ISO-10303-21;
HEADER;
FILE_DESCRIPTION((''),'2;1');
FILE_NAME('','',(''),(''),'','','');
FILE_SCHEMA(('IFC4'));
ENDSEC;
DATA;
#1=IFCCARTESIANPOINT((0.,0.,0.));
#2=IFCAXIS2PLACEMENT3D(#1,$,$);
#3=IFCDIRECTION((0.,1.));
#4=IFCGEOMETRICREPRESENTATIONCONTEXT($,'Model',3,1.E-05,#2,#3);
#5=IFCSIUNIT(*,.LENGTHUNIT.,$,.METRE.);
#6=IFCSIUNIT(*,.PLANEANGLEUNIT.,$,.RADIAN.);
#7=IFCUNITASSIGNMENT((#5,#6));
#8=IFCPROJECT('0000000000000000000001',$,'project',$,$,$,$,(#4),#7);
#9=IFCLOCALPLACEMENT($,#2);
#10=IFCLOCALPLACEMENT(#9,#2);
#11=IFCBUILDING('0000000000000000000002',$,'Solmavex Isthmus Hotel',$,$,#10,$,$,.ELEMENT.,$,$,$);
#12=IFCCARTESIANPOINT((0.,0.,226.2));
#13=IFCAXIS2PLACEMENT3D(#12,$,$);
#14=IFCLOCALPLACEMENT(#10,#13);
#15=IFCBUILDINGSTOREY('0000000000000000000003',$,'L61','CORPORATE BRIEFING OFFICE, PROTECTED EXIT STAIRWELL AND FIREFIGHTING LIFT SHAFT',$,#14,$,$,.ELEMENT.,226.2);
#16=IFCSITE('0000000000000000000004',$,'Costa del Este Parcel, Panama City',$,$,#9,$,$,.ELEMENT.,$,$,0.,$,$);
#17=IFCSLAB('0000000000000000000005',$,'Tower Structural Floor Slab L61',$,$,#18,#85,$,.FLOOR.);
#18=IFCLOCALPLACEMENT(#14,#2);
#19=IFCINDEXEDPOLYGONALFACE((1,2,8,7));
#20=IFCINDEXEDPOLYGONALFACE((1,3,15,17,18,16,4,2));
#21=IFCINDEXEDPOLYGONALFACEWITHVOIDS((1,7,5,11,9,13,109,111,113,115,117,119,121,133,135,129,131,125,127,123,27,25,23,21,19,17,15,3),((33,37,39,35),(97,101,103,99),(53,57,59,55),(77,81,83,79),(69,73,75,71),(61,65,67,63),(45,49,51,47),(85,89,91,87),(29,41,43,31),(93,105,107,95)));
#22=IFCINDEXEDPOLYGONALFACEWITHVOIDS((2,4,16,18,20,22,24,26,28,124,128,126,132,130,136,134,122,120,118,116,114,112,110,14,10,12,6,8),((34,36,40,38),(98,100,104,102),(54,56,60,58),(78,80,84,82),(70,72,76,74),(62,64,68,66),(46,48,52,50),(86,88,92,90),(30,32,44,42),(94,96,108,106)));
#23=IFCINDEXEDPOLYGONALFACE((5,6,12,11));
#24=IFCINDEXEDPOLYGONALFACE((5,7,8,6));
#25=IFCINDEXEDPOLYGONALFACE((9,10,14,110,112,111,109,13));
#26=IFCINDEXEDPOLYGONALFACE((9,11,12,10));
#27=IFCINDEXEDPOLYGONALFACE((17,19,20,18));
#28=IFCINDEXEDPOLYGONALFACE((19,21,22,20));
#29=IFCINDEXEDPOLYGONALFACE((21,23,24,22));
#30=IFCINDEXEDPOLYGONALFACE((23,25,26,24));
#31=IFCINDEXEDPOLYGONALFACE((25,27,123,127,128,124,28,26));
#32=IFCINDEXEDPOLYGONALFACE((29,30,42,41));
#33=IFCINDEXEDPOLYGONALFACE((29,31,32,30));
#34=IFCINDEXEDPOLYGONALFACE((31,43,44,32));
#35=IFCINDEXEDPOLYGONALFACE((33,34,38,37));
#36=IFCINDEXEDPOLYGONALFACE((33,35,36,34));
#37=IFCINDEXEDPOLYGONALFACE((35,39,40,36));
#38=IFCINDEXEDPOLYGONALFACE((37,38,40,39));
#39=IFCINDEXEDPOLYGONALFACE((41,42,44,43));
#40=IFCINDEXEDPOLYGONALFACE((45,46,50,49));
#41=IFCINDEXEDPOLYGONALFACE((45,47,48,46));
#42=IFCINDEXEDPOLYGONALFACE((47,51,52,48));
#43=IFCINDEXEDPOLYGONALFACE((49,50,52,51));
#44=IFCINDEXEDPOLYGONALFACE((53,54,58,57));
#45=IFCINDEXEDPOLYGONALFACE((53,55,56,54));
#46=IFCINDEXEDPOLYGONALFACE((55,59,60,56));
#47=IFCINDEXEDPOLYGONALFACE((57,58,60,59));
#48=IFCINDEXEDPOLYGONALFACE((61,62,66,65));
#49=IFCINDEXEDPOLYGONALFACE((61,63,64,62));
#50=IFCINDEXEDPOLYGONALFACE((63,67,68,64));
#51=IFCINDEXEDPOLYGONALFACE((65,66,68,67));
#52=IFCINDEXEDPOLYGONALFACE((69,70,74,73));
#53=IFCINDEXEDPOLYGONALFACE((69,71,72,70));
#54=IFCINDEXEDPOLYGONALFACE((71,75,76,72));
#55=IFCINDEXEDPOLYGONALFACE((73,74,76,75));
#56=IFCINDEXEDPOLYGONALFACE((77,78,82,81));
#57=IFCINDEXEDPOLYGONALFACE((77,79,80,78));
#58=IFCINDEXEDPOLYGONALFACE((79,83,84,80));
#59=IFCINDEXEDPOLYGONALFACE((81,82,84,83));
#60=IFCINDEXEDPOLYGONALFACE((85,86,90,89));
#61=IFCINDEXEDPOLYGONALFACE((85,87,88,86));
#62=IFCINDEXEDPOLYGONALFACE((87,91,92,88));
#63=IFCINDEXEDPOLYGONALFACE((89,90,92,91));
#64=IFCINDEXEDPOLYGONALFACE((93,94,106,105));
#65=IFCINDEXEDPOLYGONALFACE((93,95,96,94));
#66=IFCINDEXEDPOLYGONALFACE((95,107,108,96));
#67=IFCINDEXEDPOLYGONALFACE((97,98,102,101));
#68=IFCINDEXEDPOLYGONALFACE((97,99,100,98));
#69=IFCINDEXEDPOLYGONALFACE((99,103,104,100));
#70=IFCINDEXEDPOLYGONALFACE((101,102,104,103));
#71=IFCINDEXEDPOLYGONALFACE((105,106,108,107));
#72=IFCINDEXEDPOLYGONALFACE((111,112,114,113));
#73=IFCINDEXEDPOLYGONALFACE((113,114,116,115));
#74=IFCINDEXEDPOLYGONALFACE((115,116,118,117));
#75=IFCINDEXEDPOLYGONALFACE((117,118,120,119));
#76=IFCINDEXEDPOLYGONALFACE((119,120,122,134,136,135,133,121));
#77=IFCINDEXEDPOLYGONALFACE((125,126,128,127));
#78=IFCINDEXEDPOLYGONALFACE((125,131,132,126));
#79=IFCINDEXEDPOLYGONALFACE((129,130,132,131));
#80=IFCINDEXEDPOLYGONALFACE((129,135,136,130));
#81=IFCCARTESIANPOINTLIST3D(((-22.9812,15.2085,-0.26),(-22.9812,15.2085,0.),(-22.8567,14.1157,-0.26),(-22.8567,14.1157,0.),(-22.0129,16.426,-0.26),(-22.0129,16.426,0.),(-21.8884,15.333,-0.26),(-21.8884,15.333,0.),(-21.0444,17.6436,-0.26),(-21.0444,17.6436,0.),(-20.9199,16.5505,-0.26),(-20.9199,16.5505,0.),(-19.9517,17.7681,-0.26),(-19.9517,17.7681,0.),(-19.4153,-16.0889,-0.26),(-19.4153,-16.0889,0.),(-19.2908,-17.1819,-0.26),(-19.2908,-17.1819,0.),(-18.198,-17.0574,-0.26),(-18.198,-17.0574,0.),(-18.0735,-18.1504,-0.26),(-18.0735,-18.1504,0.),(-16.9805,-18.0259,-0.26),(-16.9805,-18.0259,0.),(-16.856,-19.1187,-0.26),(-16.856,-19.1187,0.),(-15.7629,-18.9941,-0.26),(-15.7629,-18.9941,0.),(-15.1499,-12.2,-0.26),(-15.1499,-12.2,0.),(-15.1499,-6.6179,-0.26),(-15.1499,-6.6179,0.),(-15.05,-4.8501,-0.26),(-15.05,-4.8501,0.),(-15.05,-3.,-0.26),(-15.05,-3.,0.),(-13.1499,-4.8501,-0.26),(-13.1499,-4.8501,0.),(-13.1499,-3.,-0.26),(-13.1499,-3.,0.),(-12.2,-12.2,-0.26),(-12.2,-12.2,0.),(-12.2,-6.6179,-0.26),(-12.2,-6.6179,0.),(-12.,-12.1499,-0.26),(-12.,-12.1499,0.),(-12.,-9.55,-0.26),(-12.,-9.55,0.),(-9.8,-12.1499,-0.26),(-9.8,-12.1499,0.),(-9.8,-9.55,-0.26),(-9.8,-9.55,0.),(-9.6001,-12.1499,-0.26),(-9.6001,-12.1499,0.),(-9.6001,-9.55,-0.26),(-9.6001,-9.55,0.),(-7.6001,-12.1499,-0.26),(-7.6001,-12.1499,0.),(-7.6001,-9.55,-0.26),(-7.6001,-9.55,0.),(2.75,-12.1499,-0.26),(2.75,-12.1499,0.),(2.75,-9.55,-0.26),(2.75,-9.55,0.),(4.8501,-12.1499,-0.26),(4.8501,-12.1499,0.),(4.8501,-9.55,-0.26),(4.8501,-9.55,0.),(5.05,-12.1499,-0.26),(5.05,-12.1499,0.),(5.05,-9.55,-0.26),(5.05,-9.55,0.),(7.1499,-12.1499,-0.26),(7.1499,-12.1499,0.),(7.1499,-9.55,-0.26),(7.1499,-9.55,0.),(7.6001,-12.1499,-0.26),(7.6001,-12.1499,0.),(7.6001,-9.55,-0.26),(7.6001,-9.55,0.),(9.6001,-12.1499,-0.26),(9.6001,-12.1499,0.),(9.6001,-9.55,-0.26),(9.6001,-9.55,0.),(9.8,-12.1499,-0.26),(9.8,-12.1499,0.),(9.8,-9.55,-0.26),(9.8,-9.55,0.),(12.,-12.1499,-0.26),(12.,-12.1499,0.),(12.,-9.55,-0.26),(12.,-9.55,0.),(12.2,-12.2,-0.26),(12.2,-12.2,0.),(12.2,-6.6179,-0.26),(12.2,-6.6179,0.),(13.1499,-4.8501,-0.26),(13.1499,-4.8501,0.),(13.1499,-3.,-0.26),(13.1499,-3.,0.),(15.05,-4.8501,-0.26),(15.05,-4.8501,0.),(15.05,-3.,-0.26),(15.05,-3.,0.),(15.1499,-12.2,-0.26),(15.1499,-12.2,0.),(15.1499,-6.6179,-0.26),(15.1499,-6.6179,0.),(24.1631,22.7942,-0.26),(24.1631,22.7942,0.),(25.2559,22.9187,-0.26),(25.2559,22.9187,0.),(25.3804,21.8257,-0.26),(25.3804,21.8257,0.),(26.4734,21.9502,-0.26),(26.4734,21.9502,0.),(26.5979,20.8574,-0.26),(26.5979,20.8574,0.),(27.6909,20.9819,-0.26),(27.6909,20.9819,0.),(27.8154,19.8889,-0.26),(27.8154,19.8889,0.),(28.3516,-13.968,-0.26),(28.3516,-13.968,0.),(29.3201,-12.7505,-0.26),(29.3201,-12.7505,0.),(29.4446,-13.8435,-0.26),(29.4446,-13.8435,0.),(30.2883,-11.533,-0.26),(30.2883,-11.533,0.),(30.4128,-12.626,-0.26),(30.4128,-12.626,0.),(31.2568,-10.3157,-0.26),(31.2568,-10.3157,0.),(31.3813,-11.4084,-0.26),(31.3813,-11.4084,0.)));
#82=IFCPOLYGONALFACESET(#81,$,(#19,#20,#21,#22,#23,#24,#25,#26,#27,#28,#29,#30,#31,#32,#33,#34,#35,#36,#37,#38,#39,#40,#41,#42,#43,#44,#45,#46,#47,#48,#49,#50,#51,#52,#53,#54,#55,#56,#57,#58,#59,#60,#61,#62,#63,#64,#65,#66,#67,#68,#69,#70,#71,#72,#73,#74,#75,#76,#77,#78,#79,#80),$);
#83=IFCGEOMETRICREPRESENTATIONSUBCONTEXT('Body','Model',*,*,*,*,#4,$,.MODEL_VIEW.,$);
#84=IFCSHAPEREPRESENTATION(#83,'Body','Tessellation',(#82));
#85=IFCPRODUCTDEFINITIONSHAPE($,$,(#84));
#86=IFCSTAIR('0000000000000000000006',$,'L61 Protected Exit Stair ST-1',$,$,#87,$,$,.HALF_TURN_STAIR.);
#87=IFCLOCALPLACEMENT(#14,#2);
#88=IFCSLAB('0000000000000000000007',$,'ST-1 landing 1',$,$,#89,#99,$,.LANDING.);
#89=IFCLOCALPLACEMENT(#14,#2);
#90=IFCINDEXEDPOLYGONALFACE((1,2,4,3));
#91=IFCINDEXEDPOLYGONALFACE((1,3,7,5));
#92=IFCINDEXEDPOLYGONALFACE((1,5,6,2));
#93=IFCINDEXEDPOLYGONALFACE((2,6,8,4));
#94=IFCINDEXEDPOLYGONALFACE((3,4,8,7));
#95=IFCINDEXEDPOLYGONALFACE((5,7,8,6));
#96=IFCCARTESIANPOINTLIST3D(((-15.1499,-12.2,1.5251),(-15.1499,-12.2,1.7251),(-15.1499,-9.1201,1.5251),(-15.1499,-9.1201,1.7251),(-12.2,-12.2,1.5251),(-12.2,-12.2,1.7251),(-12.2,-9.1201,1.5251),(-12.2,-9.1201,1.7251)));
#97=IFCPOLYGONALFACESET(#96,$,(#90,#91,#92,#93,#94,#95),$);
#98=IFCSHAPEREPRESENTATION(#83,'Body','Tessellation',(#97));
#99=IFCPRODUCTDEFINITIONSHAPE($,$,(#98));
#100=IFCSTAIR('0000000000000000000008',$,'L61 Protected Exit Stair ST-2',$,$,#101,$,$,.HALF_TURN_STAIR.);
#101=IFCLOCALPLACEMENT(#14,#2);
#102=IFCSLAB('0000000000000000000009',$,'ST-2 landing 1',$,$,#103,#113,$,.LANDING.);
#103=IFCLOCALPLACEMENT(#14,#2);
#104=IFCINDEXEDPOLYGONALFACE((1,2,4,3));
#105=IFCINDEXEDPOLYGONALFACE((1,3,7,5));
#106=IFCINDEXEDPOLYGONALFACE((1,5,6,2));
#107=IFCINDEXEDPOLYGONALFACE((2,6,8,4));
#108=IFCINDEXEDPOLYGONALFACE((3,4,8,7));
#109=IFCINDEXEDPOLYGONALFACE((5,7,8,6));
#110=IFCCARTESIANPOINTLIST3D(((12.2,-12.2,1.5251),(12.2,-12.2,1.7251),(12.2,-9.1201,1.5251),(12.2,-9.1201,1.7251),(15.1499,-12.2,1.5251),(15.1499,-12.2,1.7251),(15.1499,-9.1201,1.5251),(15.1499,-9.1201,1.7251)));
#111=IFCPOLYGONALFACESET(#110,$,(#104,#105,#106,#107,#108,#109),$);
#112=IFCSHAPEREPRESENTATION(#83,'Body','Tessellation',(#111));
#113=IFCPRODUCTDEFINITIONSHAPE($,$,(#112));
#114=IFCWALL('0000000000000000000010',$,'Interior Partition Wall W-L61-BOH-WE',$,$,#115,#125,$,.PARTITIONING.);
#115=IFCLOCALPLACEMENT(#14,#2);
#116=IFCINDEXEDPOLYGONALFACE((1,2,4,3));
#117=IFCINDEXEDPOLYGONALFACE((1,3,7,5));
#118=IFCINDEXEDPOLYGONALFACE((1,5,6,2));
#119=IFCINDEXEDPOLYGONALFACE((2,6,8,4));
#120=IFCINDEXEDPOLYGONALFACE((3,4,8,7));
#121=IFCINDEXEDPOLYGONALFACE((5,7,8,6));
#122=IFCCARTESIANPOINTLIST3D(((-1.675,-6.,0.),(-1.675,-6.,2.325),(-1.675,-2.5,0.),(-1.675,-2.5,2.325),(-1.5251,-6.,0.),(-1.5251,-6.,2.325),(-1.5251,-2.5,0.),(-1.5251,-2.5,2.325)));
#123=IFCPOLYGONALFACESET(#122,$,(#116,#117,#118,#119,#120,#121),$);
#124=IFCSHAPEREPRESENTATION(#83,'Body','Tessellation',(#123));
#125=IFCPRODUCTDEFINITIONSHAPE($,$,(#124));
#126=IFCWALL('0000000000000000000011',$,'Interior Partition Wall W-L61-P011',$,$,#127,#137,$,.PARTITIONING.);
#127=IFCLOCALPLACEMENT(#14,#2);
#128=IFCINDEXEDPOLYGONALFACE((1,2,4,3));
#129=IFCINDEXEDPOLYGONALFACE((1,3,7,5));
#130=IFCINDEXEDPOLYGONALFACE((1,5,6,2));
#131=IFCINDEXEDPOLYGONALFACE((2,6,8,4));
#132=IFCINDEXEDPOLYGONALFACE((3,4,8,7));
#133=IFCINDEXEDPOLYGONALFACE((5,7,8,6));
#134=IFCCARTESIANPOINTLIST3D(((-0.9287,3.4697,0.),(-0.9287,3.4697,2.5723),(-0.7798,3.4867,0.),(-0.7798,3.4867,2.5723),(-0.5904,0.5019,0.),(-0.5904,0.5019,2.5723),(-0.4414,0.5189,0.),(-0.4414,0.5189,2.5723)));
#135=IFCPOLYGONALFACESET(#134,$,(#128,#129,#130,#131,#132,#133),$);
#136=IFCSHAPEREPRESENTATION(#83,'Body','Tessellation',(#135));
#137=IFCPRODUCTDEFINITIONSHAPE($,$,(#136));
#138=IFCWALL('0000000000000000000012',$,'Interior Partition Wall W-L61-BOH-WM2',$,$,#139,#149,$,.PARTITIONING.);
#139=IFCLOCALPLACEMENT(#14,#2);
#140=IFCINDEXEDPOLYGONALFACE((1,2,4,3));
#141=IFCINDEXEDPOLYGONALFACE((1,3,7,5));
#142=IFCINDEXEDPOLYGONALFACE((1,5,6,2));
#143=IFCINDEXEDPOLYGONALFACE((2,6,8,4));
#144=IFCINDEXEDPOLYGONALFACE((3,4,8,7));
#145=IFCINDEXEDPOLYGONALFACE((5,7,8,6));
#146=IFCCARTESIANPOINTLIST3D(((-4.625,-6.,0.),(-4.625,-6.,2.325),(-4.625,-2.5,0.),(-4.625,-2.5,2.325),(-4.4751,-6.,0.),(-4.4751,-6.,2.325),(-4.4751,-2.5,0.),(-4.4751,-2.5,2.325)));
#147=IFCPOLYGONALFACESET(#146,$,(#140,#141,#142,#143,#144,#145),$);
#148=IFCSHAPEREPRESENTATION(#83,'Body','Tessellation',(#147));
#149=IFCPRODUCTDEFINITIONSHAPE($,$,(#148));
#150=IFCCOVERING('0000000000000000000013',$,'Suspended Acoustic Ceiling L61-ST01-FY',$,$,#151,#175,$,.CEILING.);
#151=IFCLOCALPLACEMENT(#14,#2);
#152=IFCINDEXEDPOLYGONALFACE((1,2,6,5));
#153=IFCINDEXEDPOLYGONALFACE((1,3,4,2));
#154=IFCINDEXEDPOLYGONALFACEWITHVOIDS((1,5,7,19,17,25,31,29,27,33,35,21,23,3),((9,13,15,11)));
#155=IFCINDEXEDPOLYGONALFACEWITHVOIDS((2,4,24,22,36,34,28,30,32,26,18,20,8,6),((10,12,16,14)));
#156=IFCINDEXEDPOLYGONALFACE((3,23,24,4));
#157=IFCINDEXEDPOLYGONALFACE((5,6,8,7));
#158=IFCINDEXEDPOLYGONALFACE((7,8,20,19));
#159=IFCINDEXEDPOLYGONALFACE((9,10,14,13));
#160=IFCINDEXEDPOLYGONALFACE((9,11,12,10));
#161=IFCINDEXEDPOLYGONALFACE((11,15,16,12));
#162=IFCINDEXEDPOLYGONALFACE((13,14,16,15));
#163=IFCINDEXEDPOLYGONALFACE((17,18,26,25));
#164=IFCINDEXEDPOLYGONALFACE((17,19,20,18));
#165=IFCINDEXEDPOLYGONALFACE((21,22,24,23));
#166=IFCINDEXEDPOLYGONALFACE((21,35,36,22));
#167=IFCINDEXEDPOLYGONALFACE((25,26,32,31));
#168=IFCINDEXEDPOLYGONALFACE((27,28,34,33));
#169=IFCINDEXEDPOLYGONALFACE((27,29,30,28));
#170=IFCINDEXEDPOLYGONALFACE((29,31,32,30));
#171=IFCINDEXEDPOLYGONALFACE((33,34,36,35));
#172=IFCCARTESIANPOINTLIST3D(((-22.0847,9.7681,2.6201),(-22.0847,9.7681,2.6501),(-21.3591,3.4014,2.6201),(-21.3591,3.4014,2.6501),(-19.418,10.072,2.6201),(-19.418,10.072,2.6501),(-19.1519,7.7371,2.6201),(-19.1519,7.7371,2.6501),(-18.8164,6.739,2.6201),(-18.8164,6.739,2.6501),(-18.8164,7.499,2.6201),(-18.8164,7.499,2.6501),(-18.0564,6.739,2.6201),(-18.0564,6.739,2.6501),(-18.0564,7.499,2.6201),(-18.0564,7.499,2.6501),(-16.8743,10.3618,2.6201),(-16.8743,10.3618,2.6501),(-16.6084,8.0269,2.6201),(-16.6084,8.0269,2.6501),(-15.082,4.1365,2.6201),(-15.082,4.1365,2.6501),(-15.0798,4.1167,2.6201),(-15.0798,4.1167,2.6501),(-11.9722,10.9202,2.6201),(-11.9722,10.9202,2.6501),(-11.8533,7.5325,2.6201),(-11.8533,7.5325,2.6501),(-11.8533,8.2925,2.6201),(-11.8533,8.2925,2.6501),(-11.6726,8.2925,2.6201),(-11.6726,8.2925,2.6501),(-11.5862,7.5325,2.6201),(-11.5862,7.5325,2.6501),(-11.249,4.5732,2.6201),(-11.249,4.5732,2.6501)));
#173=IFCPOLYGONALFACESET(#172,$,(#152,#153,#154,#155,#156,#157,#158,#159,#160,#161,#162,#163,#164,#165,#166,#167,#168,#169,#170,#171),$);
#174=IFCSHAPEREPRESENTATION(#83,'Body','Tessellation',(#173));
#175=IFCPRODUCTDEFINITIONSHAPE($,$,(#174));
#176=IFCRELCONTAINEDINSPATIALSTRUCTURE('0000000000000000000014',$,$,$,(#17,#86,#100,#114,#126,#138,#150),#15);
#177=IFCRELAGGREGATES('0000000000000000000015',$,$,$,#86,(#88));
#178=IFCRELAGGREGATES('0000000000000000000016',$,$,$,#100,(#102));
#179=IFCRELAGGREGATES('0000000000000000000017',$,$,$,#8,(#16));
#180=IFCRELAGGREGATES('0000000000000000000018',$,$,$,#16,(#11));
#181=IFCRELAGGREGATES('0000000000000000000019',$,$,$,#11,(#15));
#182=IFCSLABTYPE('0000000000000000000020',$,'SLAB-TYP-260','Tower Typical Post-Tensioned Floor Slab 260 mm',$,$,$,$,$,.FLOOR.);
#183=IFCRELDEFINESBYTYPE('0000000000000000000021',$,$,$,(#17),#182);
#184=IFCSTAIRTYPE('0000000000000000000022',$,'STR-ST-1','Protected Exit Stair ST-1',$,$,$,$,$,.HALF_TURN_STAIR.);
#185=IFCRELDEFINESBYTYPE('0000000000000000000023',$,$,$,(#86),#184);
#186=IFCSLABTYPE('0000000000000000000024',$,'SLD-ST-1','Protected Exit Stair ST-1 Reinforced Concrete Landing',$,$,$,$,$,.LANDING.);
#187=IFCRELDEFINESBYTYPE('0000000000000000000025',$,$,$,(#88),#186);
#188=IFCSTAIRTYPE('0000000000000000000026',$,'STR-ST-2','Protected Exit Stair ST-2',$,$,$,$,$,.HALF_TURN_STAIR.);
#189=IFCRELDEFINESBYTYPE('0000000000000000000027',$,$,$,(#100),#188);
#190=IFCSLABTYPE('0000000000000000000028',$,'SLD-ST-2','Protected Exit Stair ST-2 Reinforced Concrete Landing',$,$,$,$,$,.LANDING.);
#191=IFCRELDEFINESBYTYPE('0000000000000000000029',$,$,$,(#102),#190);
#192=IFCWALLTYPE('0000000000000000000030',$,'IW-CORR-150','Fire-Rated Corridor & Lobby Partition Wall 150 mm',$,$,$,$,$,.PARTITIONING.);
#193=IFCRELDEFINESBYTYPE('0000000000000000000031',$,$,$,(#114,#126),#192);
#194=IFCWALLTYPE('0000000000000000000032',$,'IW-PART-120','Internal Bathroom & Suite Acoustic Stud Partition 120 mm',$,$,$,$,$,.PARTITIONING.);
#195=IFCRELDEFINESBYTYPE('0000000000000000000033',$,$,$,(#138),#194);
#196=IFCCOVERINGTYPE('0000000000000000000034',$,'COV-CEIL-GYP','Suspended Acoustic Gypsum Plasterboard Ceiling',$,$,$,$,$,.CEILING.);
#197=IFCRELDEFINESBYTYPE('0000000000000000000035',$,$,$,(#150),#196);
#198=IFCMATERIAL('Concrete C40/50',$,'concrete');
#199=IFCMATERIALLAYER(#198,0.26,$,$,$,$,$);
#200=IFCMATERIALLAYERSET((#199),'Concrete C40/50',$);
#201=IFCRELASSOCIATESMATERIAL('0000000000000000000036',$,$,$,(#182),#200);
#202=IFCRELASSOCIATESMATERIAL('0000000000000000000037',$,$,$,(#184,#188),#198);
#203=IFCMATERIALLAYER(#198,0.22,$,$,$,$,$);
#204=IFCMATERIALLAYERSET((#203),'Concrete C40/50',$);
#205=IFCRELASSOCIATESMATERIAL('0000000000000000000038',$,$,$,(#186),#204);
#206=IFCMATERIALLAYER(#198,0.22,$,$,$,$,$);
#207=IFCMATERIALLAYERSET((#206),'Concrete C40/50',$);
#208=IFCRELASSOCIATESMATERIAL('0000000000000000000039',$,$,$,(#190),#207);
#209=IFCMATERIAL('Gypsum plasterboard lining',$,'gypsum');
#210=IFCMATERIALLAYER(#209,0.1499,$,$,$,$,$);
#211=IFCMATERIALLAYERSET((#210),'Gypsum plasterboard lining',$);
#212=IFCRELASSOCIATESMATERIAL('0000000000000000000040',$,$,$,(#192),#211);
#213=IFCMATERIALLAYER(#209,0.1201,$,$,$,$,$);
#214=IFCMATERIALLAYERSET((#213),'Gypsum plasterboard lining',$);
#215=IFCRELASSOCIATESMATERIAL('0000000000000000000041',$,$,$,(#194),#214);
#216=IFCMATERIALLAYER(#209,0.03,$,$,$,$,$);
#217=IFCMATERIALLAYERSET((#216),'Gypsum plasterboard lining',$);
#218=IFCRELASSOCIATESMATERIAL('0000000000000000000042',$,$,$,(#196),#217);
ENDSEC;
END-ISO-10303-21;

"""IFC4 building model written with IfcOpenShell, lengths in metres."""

from ifc_helpers import new_model, si_unit, direction, frame, frame_2d, origin, place, context, subcontext, project, spatial, polyline, rectangle, outline, extrude, material, layer, layer_set, type_object, element, aggregate, save


model = new_model("IFC4")

# Units and contexts
model_context = context("Model", 3, precision=1e-05, world=origin(), true_north=direction((0.0, 1.0)))
body_context = subcontext(model_context, "Body", "Model", "MODEL_VIEW")
ifc_project = project(units=[si_unit("LENGTHUNIT", "METRE"), si_unit("PLANEANGLEUNIT", "RADIAN")], contexts=[model_context])

# Site, building, storey
site_placement = place(None, origin())
site = spatial("IfcSite", under=ifc_project, at=site_placement, Name="Costa del Este Parcel, Panama City", CompositionType="ELEMENT", RefElevation=0.0)
building_placement = place(site_placement, origin())
building = spatial("IfcBuilding", under=site, at=building_placement, Name="Solmavex Isthmus Hotel", CompositionType="ELEMENT")
storey_placement = place(building_placement, frame((0.0, 0.0, 226.2)))
storey = spatial("IfcBuildingStorey", under=building, at=storey_placement, Name="L61", Description="CORPORATE BRIEFING OFFICE, PROTECTED EXIT STAIRWELL AND FIREFIGHTING LIFT SHAFT", CompositionType="ELEMENT", Elevation=226.2)

# Slab
ifc_material_1 = material(Name="Concrete C40/50", Category="concrete")
ifc_layer_1 = layer(ifc_material_1, 0.26)
ifc_layer_set_1 = layer_set([ifc_layer_1], Name="Concrete C40/50")
slab_type_1 = type_object("IfcSlabType", Name="SLAB-TYP-260", Description="Tower Typical Post-Tensioned Floor Slab 260 mm", PredefinedType="FLOOR", material=ifc_layer_set_1)
slab_1_placement = place(storey_placement, frame((0.0, 0.0, -0.26)))
element("IfcSlab", 1, at=slab_1_placement, inside=storey, type_object=slab_type_1, Name="Tower Structural Floor Slab L61", PredefinedType="FLOOR", context=body_context, shape_type="SweptSolid", body=[
    extrude(outline(polyline([(-15.7629, -18.9941), (28.3516, -13.968), (29.4446, -13.8435), (29.3201, -12.7505), (30.4128, -12.626), (30.2883, -11.533), (31.3813, -11.4084), (31.2568, -10.3157), (27.8154, 19.8889), (27.6909, 20.9819), (26.5979, 20.8574), (26.4734, 21.9502), (25.3804, 21.8257), (25.2559, 22.9187), (24.1631, 22.7942), (-19.9517, 17.7681), (-21.0444, 17.6436), (-20.9199, 16.5505), (-22.0129, 16.426), (-21.8884, 15.333), (-22.9812, 15.2085), (-22.8567, 14.1157), (-19.4153, -16.0889), (-19.2908, -17.1819), (-18.198, -17.0574), (-18.0735, -18.1504), (-16.9805, -18.0259), (-16.856, -19.1187), (-15.7629, -18.9941)]), holes=[polyline([(-15.1499, -6.6179), (-15.1499, -12.2), (-12.2, -12.2), (-12.2, -6.6179), (-15.1499, -6.6179)]), polyline([(12.2, -6.6179), (12.2, -12.2), (15.1499, -12.2), (15.1499, -6.6179), (12.2, -6.6179)]), polyline([(-12.0, -12.1499), (-9.8, -12.1499), (-9.8, -9.55), (-12.0, -9.55), (-12.0, -12.1499)]), polyline([(9.8, -12.1499), (12.0, -12.1499), (12.0, -9.55), (9.8, -9.55), (9.8, -12.1499)]), polyline([(-9.6001, -12.1499), (-7.6001, -12.1499), (-7.6001, -9.55), (-9.6001, -9.55), (-9.6001, -12.1499)]), polyline([(7.6001, -12.1499), (9.6001, -12.1499), (9.6001, -9.55), (7.6001, -9.55), (7.6001, -12.1499)]), polyline([(2.75, -12.1499), (4.8501, -12.1499), (4.8501, -9.55), (2.75, -9.55), (2.75, -12.1499)]), polyline([(5.05, -12.1499), (7.1499, -12.1499), (7.1499, -9.55), (5.05, -9.55), (5.05, -12.1499)]), polyline([(-15.05, -4.8501), (-13.1499, -4.8501), (-13.1499, -3.0), (-15.05, -3.0), (-15.05, -4.8501)]), polyline([(13.1499, -4.8501), (15.05, -4.8501), (15.05, -3.0), (13.1499, -3.0), (13.1499, -4.8501)])]), origin(), (0.0, 0.0, 1.0), 0.26),
])

# Stairs, slabs
stair_type_1 = type_object("IfcStairType", Name="STR-ST-1", Description="Protected Exit Stair ST-1", PredefinedType="HALF_TURN_STAIR", material=ifc_material_1)
stair_1_placement = place(storey_placement, origin())
stair_1 = element("IfcStair", 2, at=stair_1_placement, inside=storey, type_object=stair_type_1, Name="L61 Protected Exit Stair ST-1", PredefinedType="HALF_TURN_STAIR")
ifc_layer_2 = layer(ifc_material_1, 0.22)
ifc_layer_set_2 = layer_set([ifc_layer_2], Name="Concrete C40/50")
slab_type_2 = type_object("IfcSlabType", Name="SLD-ST-1", Description="Protected Exit Stair ST-1 Reinforced Concrete Landing", PredefinedType="LANDING", material=ifc_layer_set_2)
slab_2_placement = place(storey_placement, frame((0.0, 0.0, 1.5251)))
slab_2 = element("IfcSlab", 3, at=slab_2_placement, type_object=slab_type_2, Name="ST-1 landing 1", PredefinedType="LANDING", context=body_context, shape_type="SweptSolid", body=[
    extrude(outline(polyline([(-15.1499, -9.1201), (-15.1499, -12.2), (-12.2, -12.2), (-12.2, -9.1201), (-15.1499, -9.1201)])), origin(), (0.0, 0.0, 1.0), 0.2),
])
aggregate(stair_1, [slab_2])
stair_type_2 = type_object("IfcStairType", Name="STR-ST-2", Description="Protected Exit Stair ST-2", PredefinedType="HALF_TURN_STAIR", material=ifc_material_1)
stair_2_placement = place(storey_placement, origin())
stair_2 = element("IfcStair", 4, at=stair_2_placement, inside=storey, type_object=stair_type_2, Name="L61 Protected Exit Stair ST-2", PredefinedType="HALF_TURN_STAIR")
ifc_layer_3 = layer(ifc_material_1, 0.22)
ifc_layer_set_3 = layer_set([ifc_layer_3], Name="Concrete C40/50")
slab_type_3 = type_object("IfcSlabType", Name="SLD-ST-2", Description="Protected Exit Stair ST-2 Reinforced Concrete Landing", PredefinedType="LANDING", material=ifc_layer_set_3)
slab_3_placement = place(storey_placement, frame((0.0, 0.0, 1.5251)))
slab_3 = element("IfcSlab", 5, at=slab_3_placement, type_object=slab_type_3, Name="ST-2 landing 1", PredefinedType="LANDING", context=body_context, shape_type="SweptSolid", body=[
    extrude(outline(polyline([(12.2, -9.1201), (12.2, -12.2), (15.1499, -12.2), (15.1499, -9.1201), (12.2, -9.1201)])), origin(), (0.0, 0.0, 1.0), 0.2),
])
aggregate(stair_2, [slab_3])

# Walls
ifc_material_2 = material(Name="Gypsum plasterboard lining", Category="gypsum")
ifc_layer_4 = layer(ifc_material_2, 0.1499)
ifc_layer_set_4 = layer_set([ifc_layer_4], Name="Gypsum plasterboard lining")
wall_type_1 = type_object("IfcWallType", Name="IW-CORR-150", Description="Fire-Rated Corridor & Lobby Partition Wall 150 mm", PredefinedType="PARTITIONING", material=ifc_layer_set_4)
wall_1_placement = place(storey_placement, frame((-1.6001, -6.0, 0.0), z_axis=(0.0, 0.0, 1.0), x_axis=(0.0, 1.0, 0.0)))
element("IfcWall", 6, at=wall_1_placement, inside=storey, type_object=wall_type_1, Name="Interior Partition Wall W-L61-BOH-WE", PredefinedType="PARTITIONING", context=body_context, shape_type="SweptSolid", body=[
    extrude(rectangle(XDim=3.5, YDim=0.1499, at=frame_2d((1.75, 0.0))), origin(), (0.0, 0.0, 1.0), 2.325),
])
wall_2_placement = place(storey_placement, frame((-0.5159, 0.5103, 0.0), z_axis=(0.0, 0.0, 1.0), x_axis=(-0.113284, 0.993563, 0.0)))
element("IfcWall", 7, at=wall_2_placement, inside=storey, type_object=wall_type_1, Name="Interior Partition Wall W-L61-P011", PredefinedType="PARTITIONING", context=body_context, shape_type="SweptSolid", body=[
    extrude(rectangle(XDim=2.9871, YDim=0.1499, at=frame_2d((1.4937, 0.0))), origin(), (0.0, 0.0, 1.0), 2.5723),
])
ifc_layer_5 = layer(ifc_material_2, 0.1201)
ifc_layer_set_5 = layer_set([ifc_layer_5], Name="Gypsum plasterboard lining")
wall_type_2 = type_object("IfcWallType", Name="IW-PART-120", Description="Internal Bathroom & Suite Acoustic Stud Partition 120 mm", PredefinedType="PARTITIONING", material=ifc_layer_set_5)
wall_3_placement = place(storey_placement, frame((-4.55, -6.0, 0.0), z_axis=(0.0, 0.0, 1.0), x_axis=(0.0, 1.0, 0.0)))
element("IfcWall", 8, at=wall_3_placement, inside=storey, type_object=wall_type_2, Name="Interior Partition Wall W-L61-BOH-WM2", PredefinedType="PARTITIONING", context=body_context, shape_type="SweptSolid", body=[
    extrude(rectangle(XDim=3.5, YDim=0.1499, at=frame_2d((1.75, 0.0))), origin(), (0.0, 0.0, 1.0), 2.325),
])

# Covering
ifc_layer_6 = layer(ifc_material_2, 0.03)
ifc_layer_set_6 = layer_set([ifc_layer_6], Name="Gypsum plasterboard lining")
covering_type_1 = type_object("IfcCoveringType", Name="COV-CEIL-GYP", Description="Suspended Acoustic Gypsum Plasterboard Ceiling", PredefinedType="CEILING", material=ifc_layer_set_6)
covering_1_placement = place(storey_placement, frame((0.0, 0.0, 2.6201)))
element("IfcCovering", 9, at=covering_1_placement, inside=storey, type_object=covering_type_1, Name="Suspended Acoustic Ceiling L61-ST01-FY", PredefinedType="CEILING", context=body_context, shape_type="SweptSolid", body=[
    extrude(outline(polyline([(-15.0798, 4.1167), (-15.082, 4.1365), (-11.249, 4.5732), (-11.5862, 7.5325), (-11.8533, 7.5325), (-11.8533, 8.2925), (-11.6726, 8.2925), (-11.9722, 10.9202), (-16.8743, 10.3618), (-16.6084, 8.0269), (-19.1519, 7.7371), (-19.418, 10.072), (-22.0847, 9.7681), (-21.3591, 3.4014), (-15.0798, 4.1167)]), holes=[polyline([(-18.8164, 6.739), (-18.8164, 7.499), (-18.0564, 7.499), (-18.0564, 6.739), (-18.8164, 6.739)])]), origin(), (0.0, 0.0, 1.0), 0.03),
])

save(model, "model.ifc")
